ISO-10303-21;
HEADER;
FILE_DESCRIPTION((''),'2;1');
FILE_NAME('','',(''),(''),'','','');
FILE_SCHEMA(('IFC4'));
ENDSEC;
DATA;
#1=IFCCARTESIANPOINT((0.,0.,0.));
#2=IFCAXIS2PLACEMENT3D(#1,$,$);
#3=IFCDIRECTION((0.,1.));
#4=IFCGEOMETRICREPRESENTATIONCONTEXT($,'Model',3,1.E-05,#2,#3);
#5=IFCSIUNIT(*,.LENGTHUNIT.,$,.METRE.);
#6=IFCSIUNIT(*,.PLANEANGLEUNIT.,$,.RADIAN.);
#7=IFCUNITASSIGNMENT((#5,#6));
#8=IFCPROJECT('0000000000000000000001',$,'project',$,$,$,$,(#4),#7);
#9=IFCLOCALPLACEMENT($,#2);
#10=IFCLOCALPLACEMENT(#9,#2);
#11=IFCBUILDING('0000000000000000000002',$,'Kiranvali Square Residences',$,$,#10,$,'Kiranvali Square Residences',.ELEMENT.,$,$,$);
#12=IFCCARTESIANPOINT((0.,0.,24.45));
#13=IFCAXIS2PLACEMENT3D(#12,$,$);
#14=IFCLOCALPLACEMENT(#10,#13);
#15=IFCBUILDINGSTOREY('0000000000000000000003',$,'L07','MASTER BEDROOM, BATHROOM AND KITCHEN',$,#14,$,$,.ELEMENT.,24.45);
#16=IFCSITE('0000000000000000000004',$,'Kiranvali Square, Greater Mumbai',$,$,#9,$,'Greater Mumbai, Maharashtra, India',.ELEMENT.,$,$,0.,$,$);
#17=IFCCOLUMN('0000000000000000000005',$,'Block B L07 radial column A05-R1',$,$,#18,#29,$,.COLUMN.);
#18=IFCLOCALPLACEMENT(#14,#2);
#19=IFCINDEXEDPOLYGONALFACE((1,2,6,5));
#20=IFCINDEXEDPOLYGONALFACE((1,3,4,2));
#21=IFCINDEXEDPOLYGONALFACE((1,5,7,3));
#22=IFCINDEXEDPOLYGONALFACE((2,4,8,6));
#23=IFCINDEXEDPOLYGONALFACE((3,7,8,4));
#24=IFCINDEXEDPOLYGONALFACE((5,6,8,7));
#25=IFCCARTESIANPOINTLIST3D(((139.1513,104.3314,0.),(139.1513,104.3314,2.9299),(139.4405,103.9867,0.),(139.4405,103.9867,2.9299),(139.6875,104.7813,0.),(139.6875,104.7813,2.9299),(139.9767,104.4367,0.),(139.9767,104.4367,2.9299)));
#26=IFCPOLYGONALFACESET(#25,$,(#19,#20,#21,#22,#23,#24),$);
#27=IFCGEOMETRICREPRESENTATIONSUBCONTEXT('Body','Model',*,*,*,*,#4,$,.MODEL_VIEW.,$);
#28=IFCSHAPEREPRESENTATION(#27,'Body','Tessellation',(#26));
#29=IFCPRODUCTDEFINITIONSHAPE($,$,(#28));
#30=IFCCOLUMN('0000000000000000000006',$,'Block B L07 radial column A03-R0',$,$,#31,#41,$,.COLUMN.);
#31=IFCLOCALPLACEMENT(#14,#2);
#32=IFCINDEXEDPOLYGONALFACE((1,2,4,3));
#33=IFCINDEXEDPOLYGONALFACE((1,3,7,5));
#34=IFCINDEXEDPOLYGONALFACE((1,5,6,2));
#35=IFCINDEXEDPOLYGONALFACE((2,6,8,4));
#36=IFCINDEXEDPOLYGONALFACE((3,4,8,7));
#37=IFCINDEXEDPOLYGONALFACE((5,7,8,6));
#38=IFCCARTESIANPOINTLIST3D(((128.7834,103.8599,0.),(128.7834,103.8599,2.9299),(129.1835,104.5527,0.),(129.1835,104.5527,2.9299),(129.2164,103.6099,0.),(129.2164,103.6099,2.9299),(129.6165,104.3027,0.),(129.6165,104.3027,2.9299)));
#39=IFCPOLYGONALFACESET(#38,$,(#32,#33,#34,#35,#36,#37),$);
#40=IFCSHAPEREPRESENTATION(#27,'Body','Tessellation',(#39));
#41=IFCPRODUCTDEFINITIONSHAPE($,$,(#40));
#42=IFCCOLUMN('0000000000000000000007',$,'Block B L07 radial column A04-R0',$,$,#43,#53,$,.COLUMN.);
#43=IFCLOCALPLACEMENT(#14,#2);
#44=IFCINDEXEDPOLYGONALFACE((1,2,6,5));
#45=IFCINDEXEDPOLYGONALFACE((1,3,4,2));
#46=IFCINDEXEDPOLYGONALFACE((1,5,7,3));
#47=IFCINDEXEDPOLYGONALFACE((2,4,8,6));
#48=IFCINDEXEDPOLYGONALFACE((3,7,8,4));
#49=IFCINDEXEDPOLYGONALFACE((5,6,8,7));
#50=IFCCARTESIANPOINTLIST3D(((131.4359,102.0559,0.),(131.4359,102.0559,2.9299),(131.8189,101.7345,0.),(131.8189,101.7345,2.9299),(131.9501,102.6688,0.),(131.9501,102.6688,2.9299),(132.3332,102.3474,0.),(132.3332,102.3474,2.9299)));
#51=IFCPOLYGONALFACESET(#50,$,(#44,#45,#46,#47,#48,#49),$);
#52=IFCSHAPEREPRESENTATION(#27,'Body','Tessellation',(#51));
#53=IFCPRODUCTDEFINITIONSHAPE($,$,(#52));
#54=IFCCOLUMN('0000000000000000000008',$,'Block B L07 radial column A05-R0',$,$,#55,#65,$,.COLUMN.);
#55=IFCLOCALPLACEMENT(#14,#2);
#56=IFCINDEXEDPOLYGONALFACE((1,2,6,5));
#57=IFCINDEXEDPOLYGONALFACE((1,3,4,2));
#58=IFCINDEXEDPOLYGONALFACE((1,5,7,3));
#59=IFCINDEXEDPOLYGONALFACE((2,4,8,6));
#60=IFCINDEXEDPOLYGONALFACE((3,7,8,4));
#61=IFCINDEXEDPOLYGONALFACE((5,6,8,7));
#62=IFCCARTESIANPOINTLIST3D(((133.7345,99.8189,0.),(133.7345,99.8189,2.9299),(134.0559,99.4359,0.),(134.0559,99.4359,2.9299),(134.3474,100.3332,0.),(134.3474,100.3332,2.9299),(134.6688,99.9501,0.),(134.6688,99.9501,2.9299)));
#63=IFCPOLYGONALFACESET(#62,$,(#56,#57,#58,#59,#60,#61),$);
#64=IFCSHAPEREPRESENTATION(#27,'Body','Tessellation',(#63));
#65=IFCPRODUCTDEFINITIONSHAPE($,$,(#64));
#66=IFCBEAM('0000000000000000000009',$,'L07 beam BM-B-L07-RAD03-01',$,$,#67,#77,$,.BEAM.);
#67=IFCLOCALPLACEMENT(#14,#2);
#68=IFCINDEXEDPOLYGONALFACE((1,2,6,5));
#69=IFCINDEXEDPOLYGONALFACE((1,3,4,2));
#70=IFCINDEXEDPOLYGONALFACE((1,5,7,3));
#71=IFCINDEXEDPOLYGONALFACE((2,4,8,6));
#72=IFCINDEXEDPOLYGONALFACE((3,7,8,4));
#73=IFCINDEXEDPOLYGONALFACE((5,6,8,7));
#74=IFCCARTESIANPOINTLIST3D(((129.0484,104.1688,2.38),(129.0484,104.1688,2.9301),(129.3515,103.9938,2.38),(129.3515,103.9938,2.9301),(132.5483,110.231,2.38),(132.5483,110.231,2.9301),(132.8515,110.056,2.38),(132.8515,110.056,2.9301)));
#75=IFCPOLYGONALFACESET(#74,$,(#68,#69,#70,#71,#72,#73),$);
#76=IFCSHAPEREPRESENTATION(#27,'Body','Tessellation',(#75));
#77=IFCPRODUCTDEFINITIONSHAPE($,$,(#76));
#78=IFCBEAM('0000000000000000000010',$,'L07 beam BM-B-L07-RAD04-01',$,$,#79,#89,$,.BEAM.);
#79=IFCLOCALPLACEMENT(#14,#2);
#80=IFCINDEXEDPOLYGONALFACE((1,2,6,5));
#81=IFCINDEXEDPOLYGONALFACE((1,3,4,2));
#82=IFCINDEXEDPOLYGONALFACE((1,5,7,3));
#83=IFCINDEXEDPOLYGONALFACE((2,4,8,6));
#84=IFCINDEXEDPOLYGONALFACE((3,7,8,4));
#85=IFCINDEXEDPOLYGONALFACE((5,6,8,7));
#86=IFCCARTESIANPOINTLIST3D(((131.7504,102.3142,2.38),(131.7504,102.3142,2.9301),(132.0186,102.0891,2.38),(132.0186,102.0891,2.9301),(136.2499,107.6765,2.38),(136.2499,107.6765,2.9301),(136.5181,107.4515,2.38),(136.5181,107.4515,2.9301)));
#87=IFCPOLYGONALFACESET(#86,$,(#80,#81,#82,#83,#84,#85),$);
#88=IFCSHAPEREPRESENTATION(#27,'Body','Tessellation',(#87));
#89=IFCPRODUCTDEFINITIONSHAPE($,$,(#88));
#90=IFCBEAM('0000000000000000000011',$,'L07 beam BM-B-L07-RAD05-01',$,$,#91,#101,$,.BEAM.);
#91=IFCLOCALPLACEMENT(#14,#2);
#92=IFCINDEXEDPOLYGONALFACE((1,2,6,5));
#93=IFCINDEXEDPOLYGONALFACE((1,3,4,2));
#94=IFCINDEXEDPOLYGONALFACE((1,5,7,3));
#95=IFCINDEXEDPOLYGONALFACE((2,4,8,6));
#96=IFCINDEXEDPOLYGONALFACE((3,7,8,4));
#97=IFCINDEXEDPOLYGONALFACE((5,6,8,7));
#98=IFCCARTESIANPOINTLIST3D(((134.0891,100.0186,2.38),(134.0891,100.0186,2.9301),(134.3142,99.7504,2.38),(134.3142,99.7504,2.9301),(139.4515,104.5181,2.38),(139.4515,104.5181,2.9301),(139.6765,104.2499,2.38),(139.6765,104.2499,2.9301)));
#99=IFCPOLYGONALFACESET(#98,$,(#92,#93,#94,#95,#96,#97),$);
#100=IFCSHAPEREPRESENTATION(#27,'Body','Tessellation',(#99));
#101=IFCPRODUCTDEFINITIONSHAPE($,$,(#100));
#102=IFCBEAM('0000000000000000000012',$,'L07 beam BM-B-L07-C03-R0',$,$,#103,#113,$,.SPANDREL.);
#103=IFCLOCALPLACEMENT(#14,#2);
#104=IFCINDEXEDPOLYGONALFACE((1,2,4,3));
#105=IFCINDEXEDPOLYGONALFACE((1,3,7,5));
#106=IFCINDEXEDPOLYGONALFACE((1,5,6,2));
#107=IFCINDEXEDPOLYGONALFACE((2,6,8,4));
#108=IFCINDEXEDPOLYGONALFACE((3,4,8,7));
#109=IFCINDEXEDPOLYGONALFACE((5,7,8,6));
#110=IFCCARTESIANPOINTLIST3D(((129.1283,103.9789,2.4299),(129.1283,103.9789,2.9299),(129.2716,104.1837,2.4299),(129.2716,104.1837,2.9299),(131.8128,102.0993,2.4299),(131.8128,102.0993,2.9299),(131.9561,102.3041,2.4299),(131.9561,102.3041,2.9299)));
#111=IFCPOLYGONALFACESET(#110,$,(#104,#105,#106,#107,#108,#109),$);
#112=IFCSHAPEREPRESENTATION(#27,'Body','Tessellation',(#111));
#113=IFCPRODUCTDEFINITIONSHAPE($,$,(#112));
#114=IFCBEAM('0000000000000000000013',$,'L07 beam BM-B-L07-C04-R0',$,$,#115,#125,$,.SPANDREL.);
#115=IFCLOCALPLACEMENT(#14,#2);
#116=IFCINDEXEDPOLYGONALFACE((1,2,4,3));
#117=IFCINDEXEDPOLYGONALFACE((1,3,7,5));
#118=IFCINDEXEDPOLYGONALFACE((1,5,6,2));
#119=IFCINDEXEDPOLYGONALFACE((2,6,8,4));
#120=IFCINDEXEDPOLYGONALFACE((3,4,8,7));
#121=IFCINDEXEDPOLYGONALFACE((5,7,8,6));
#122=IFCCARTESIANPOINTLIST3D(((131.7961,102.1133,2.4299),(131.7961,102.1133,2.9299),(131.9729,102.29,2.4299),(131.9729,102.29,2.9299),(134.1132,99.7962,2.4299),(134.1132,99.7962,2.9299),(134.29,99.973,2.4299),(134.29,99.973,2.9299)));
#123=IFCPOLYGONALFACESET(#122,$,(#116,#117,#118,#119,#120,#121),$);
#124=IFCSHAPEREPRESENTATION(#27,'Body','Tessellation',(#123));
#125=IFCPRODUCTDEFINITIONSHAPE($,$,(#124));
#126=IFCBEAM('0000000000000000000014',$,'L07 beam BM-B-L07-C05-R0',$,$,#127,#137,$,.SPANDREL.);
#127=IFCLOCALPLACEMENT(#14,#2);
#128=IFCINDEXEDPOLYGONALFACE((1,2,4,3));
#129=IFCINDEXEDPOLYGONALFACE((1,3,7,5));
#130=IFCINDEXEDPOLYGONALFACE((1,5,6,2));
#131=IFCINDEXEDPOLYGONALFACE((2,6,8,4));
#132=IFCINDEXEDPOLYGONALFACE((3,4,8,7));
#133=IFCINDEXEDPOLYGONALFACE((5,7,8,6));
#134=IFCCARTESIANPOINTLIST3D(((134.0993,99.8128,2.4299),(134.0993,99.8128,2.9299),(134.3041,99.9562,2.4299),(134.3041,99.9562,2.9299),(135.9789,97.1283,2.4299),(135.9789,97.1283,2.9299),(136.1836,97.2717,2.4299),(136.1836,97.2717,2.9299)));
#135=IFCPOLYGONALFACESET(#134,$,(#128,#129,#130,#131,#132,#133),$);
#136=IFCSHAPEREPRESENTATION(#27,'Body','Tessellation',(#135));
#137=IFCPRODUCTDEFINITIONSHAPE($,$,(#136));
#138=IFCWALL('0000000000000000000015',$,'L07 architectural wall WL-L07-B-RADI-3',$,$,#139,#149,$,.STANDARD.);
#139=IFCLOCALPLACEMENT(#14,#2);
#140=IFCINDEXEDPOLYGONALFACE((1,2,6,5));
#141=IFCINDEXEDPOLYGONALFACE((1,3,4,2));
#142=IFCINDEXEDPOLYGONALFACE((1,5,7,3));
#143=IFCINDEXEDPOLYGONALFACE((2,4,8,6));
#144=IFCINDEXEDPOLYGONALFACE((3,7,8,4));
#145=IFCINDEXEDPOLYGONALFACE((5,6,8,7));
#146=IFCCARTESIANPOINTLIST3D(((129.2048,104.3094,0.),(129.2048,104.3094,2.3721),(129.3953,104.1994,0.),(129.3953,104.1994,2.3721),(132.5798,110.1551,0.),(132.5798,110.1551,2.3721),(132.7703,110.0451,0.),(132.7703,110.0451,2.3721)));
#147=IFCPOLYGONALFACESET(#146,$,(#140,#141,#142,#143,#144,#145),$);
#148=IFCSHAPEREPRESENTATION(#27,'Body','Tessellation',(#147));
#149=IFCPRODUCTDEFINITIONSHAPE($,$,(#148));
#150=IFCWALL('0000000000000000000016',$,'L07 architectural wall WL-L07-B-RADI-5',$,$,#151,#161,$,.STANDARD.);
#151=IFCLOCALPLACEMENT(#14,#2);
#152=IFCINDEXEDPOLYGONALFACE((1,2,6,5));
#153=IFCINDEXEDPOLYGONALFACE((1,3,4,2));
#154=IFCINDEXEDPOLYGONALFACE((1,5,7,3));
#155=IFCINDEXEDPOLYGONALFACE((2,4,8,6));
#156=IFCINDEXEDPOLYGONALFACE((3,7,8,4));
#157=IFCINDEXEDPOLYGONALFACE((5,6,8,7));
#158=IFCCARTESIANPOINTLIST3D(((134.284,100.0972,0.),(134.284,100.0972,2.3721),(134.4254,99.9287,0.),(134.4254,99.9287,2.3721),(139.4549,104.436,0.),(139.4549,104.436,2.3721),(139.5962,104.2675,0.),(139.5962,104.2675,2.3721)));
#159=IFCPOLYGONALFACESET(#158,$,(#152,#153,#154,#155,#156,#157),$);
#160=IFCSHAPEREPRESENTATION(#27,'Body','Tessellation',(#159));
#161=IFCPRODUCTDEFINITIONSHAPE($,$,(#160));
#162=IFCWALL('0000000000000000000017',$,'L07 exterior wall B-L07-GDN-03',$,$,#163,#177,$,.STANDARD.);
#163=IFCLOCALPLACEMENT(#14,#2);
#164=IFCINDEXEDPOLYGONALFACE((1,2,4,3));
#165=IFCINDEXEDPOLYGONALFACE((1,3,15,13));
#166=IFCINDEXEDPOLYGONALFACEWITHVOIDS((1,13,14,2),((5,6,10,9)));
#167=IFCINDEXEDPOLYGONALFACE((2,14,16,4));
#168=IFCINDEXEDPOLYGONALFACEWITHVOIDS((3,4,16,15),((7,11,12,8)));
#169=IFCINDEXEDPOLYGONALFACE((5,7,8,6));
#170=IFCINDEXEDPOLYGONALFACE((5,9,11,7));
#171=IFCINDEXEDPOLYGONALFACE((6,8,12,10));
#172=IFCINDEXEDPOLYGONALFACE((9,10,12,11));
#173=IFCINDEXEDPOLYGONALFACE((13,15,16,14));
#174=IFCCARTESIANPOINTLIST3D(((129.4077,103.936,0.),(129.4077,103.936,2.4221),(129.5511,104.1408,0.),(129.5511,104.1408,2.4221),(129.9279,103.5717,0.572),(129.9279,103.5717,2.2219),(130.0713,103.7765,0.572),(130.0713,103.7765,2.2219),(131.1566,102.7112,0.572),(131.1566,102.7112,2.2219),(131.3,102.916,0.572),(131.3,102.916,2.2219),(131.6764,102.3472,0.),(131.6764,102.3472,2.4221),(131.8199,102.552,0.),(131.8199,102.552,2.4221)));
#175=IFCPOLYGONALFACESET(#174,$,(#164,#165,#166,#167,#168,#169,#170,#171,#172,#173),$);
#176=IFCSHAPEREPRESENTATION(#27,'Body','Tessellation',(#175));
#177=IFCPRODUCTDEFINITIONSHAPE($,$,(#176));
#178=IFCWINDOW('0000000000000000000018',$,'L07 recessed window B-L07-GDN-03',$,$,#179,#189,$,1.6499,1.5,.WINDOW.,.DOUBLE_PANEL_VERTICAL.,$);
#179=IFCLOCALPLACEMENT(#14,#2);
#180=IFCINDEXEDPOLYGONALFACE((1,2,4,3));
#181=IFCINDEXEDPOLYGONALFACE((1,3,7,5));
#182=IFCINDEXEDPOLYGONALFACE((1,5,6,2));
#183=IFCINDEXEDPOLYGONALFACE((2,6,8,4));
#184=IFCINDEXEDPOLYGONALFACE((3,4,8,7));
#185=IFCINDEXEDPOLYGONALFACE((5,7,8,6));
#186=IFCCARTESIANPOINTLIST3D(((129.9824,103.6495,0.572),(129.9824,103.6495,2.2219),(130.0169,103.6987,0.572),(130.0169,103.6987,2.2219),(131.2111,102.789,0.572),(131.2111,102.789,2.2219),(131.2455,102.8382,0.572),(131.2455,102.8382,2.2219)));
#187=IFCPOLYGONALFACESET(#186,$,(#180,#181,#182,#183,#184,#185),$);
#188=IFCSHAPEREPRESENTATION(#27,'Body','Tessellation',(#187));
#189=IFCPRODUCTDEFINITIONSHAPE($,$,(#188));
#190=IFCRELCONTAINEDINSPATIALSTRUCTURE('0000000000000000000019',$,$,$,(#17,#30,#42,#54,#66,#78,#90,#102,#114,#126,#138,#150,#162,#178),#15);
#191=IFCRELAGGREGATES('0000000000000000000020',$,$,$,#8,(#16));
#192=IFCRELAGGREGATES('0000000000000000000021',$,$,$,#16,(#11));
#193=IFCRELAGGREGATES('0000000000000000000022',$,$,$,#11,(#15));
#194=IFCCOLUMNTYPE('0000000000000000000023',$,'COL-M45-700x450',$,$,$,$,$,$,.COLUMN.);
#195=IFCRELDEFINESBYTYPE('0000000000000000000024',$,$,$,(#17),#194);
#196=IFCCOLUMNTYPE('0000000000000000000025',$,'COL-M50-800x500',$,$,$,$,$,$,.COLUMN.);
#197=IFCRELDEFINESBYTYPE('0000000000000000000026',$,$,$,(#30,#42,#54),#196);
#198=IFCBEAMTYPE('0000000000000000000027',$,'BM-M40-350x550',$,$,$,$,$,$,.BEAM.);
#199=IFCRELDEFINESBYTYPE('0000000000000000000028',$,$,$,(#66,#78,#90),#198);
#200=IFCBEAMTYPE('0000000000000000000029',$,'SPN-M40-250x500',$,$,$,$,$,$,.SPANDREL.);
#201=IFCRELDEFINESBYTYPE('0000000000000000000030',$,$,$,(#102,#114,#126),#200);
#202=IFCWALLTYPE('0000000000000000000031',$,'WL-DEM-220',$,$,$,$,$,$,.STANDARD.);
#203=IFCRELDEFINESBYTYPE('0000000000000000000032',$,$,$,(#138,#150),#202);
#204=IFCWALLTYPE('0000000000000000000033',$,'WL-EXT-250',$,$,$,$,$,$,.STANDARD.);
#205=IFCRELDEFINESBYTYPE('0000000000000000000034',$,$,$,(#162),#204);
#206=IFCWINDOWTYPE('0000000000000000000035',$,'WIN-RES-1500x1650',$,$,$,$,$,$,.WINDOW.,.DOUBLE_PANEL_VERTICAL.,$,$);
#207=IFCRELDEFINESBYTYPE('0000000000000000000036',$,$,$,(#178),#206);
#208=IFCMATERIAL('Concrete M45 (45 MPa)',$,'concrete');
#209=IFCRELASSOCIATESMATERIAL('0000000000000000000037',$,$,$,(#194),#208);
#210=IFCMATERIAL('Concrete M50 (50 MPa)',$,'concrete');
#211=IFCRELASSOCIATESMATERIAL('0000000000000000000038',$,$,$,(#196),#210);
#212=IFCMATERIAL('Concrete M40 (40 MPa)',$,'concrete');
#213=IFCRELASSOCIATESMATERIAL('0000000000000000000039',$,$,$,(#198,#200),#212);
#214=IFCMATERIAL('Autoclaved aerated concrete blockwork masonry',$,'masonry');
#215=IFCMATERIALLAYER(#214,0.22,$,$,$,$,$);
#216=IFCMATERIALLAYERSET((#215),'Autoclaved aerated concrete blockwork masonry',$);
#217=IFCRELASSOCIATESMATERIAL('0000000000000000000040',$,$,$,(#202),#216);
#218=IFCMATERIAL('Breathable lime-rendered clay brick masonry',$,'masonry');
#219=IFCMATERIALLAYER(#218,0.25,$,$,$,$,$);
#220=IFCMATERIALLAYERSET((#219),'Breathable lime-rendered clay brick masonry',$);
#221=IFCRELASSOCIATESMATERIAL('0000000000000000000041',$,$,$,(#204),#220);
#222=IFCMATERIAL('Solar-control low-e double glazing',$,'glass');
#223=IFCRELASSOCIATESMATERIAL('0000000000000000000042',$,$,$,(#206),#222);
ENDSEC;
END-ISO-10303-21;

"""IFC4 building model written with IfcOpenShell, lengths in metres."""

from ifc_helpers import new_model, si_unit, direction, frame, frame_2d, origin, origin_2d, place, context, subcontext, project, spatial, rectangle, extrude, material, layer, layer_set, material_profile, profile_set, type_object, element, fill, save


model = new_model("IFC4")

# Units and contexts
model_context = context("Model", 3, precision=1e-05, world=origin(), true_north=direction((0.0, 1.0)))
body_context = subcontext(model_context, "Body", "Model", "MODEL_VIEW")
ifc_project = project(units=[si_unit("LENGTHUNIT", "METRE"), si_unit("PLANEANGLEUNIT", "RADIAN")], contexts=[model_context])

# Site, building, storey
site_placement = place(None, origin())
site = spatial("IfcSite", under=ifc_project, at=site_placement, Name="Kiranvali Square, Greater Mumbai", LongName="Greater Mumbai, Maharashtra, India", CompositionType="ELEMENT", RefElevation=0.0)
building_placement = place(site_placement, origin())
building = spatial("IfcBuilding", under=site, at=building_placement, Name="Kiranvali Square Residences", LongName="Kiranvali Square Residences", CompositionType="ELEMENT")
storey_placement = place(building_placement, frame((0.0, 0.0, 24.45)))
storey = spatial("IfcBuildingStorey", under=building, at=storey_placement, Name="L07", Description="MASTER BEDROOM, BATHROOM AND KITCHEN", CompositionType="ELEMENT", Elevation=24.45)

# Columns
ifc_material_1 = material(Name="Concrete M45 (45 MPa)", Category="concrete")
ifc_material_profile_1 = material_profile(ifc_material_1, rectangle(XDim=0.45, YDim=0.7, at=origin_2d()), Name="RC 700x450")
ifc_profile_set_1 = profile_set([ifc_material_profile_1], Name="Concrete M45 (45 MPa)")
column_type_1 = type_object("IfcColumnType", Name="COL-M45-700x450", PredefinedType="COLUMN", material=ifc_profile_set_1)
column_placement = place(storey_placement, frame((139.564, 104.384, 0.0), z_axis=(0.0, 0.0, 1.0), x_axis=(-0.642788, 0.766044, 0.0)))
element("IfcColumn", 1, at=column_placement, inside=storey, type_object=column_type_1, Name="Block B L07 radial column A05-R1", PredefinedType="COLUMN", context=body_context, shape_type="SweptSolid", body=[
    extrude(rectangle(XDim=0.45, YDim=0.7, at=origin_2d()), origin(), (0.0, 0.0, 1.0), 2.9299),
])
ifc_material_2 = material(Name="Concrete M50 (50 MPa)", Category="concrete")
ifc_material_profile_2 = material_profile(ifc_material_2, rectangle(XDim=0.5, YDim=0.8, at=origin_2d()), Name="RC 800x500")
ifc_profile_set_2 = profile_set([ifc_material_profile_2], Name="Concrete M50 (50 MPa)")
column_type_2 = type_object("IfcColumnType", Name="COL-M50-800x500", PredefinedType="COLUMN", material=ifc_profile_set_2)
for number, where, z_axis, x_axis, name in (
    (2, (129.2, 104.0813, 0.0), (0.0, 0.0, 1.0), (-0.866025, 0.5, 0.0), "Block B L07 radial column A03-R0"),
    (3, (131.8845, 102.2017, 0.0), (0.0, 0.0, 1.0), (-0.766044, 0.642788, 0.0), "Block B L07 radial column A04-R0"),
    (4, (134.2017, 99.8845, 0.0), (0.0, 0.0, 1.0), (-0.642788, 0.766044, 0.0), "Block B L07 radial column A05-R0"),
):
    element("IfcColumn", number, at=place(storey_placement, frame(where, z_axis=z_axis, x_axis=x_axis)), inside=storey, type_object=column_type_2, Name=name, PredefinedType="COLUMN", context=body_context, shape_type="SweptSolid", body=[
        extrude(rectangle(XDim=0.5, YDim=0.8, at=origin_2d()), origin(), (0.0, 0.0, 1.0), 2.9299),
    ])

# Beams
ifc_material_3 = material(Name="Concrete M40 (40 MPa)", Category="concrete")
ifc_material_profile_3 = material_profile(ifc_material_3, rectangle(XDim=0.3501, YDim=0.55, at=origin_2d()), Name="RC 350x550")
ifc_profile_set_3 = profile_set([ifc_material_profile_3], Name="Concrete M40 (40 MPa)")
beam_type_1 = type_object("IfcBeamType", Name="BM-M40-350x550", PredefinedType="BEAM", material=ifc_profile_set_3)
for number, where, z_axis, x_axis, name in (
    (5, (129.2, 104.0813, 2.655), (0.499995, 0.866028, 0.0), (-0.866028, 0.499995, 0.0), "L07 beam BM-B-L07-RAD03-01"),
    (6, (131.8845, 102.2017, 2.655), (0.642788, 0.766044, 0.0), (-0.766044, 0.642788, 0.0), "L07 beam BM-B-L07-RAD04-01"),
    (7, (134.2017, 99.8845, 2.655), (0.766044, 0.642788, 0.0), (-0.642788, 0.766044, 0.0), "L07 beam BM-B-L07-RAD05-01"),
):
    element("IfcBeam", number, at=place(storey_placement, frame(where, z_axis=z_axis, x_axis=x_axis)), inside=storey, type_object=beam_type_1, Name=name, PredefinedType="BEAM", context=body_context, shape_type="SweptSolid", body=[
        extrude(rectangle(XDim=0.3501, YDim=0.55, at=origin_2d()), origin(), (0.0, 0.0, 1.0), 7.0),
    ])
ifc_material_profile_4 = material_profile(ifc_material_3, rectangle(XDim=0.25, YDim=0.5, at=origin_2d()), Name="RC 250x500")
ifc_profile_set_4 = profile_set([ifc_material_profile_4], Name="Concrete M40 (40 MPa)")
beam_type_2 = type_object("IfcBeamType", Name="SPN-M40-250x500", PredefinedType="SPANDREL", material=ifc_profile_set_4)
beam_1_placement = place(storey_placement, frame((129.2, 104.0813, 2.6799), z_axis=(0.819169, -0.573552, 0.0), x_axis=(0.573552, 0.819169, 0.0)))
element("IfcBeam", 8, at=beam_1_placement, inside=storey, type_object=beam_type_2, Name="L07 beam BM-B-L07-C03-R0", PredefinedType="SPANDREL", context=body_context, shape_type="SweptSolid", body=[
    extrude(rectangle(XDim=0.25, YDim=0.5, at=origin_2d()), origin(), (0.0, 0.0, 1.0), 3.2771),
])
beam_2_placement = place(storey_placement, frame((131.8845, 102.2017, 2.6799), z_axis=(0.707107, -0.707107, 0.0), x_axis=(0.707107, 0.707107, 0.0)))
element("IfcBeam", 9, at=beam_2_placement, inside=storey, type_object=beam_type_2, Name="L07 beam BM-B-L07-C04-R0", PredefinedType="SPANDREL", context=body_context, shape_type="SweptSolid", body=[
    extrude(rectangle(XDim=0.25, YDim=0.5, at=origin_2d()), origin(), (0.0, 0.0, 1.0), 3.2769),
])
beam_3_placement = place(storey_placement, frame((134.2017, 99.8845, 2.6799), z_axis=(0.573552, -0.819169, 0.0), x_axis=(0.819169, 0.573552, 0.0)))
element("IfcBeam", 10, at=beam_3_placement, inside=storey, type_object=beam_type_2, Name="L07 beam BM-B-L07-C05-R0", PredefinedType="SPANDREL", context=body_context, shape_type="SweptSolid", body=[
    extrude(rectangle(XDim=0.25, YDim=0.5, at=origin_2d()), origin(), (0.0, 0.0, 1.0), 3.2771),
])

# Walls
ifc_material_4 = material(Name="Autoclaved aerated concrete blockwork masonry", Category="masonry")
ifc_layer_1 = layer(ifc_material_4, 0.22)
ifc_layer_set_1 = layer_set([ifc_layer_1], Name="Autoclaved aerated concrete blockwork masonry")
wall_type_1 = type_object("IfcWallType", Name="WL-DEM-220", PredefinedType="STANDARD", material=ifc_layer_set_1)
for number, where, z_axis, x_axis, name in (
    (11, (129.3, 104.2544, 0.0), (0.0, 0.0, 1.0), (0.499998, 0.866027, 0.0), "L07 architectural wall WL-L07-B-RADI-3"),
    (12, (134.3547, 100.0129, 0.0), (0.0, 0.0, 1.0), (0.766047, 0.642785, 0.0), "L07 architectural wall WL-L07-B-RADI-5"),
):
    element("IfcWall", number, at=place(storey_placement, frame(where, z_axis=z_axis, x_axis=x_axis)), inside=storey, type_object=wall_type_1, Name=name, PredefinedType="STANDARD", context=body_context, shape_type="SweptSolid", body=[
        extrude(rectangle(XDim=6.75, YDim=0.22, at=frame_2d((3.375, 0.0))), origin(), (0.0, 0.0, 1.0), 2.3721),
    ])

# Wall, opening, window
ifc_material_5 = material(Name="Breathable lime-rendered clay brick masonry", Category="masonry")
ifc_layer_2 = layer(ifc_material_5, 0.25)
ifc_layer_set_2 = layer_set([ifc_layer_2], Name="Breathable lime-rendered clay brick masonry")
wall_type_2 = type_object("IfcWallType", Name="WL-EXT-250", PredefinedType="STANDARD", material=ifc_layer_set_2)
wall_1_placement = place(storey_placement, frame((129.4795, 104.0383, 0.0), z_axis=(0.0, 0.0, 1.0), x_axis=(0.819112, -0.573634, 0.0)))
wall_1 = element("IfcWall", 13, at=wall_1_placement, inside=storey, type_object=wall_type_2, Name="L07 exterior wall B-L07-GDN-03", PredefinedType="STANDARD", context=body_context, shape_type="SweptSolid", body=[
    extrude(rectangle(XDim=2.7698, YDim=0.25, at=frame_2d((1.3848, 0.0))), origin(), (0.0, 0.0, 1.0), 2.4221),
])
opening_1_placement = place(wall_1_placement, frame((0.635, 0.0, 0.572)))
opening_1 = element("IfcOpeningElement", 14, at=opening_1_placement, cuts=wall_1, PredefinedType="OPENING", context=body_context, shape_type="SweptSolid", body=[
    extrude(rectangle(XDim=1.5, YDim=1.6499, at=frame_2d((0.75, 0.825))), frame((0.0, 0.135, 0.0), z_axis=(0.0, -1.0, 0.0), x_axis=(1.0, 0.0, 0.0)), (0.0, 0.0, 1.0), 0.27),
])
ifc_material_6 = material(Name="Solar-control low-e double glazing", Category="glass")
window_type_1 = type_object("IfcWindowType", Name="WIN-RES-1500x1650", PartitioningType="DOUBLE_PANEL_VERTICAL", PredefinedType="WINDOW", material=ifc_material_6)
window_1_placement = place(opening_1_placement, origin())
window_1 = element("IfcWindow", 15, at=window_1_placement, inside=storey, type_object=window_type_1, Name="L07 recessed window B-L07-GDN-03", OverallHeight=1.6499, OverallWidth=1.5, PartitioningType="DOUBLE_PANEL_VERTICAL", PredefinedType="WINDOW", context=body_context, shape_type="SweptSolid", body=[
    extrude(rectangle(XDim=1.5, YDim=1.6499, at=frame_2d((0.75, 0.825))), frame((0.0, 0.03, 0.0), z_axis=(0.0, -1.0, 0.0), x_axis=(1.0, 0.0, 0.0)), (0.0, 0.0, 1.0), 0.0601),
])
fill(opening_1, window_1)

save(model, "model.ifc")
